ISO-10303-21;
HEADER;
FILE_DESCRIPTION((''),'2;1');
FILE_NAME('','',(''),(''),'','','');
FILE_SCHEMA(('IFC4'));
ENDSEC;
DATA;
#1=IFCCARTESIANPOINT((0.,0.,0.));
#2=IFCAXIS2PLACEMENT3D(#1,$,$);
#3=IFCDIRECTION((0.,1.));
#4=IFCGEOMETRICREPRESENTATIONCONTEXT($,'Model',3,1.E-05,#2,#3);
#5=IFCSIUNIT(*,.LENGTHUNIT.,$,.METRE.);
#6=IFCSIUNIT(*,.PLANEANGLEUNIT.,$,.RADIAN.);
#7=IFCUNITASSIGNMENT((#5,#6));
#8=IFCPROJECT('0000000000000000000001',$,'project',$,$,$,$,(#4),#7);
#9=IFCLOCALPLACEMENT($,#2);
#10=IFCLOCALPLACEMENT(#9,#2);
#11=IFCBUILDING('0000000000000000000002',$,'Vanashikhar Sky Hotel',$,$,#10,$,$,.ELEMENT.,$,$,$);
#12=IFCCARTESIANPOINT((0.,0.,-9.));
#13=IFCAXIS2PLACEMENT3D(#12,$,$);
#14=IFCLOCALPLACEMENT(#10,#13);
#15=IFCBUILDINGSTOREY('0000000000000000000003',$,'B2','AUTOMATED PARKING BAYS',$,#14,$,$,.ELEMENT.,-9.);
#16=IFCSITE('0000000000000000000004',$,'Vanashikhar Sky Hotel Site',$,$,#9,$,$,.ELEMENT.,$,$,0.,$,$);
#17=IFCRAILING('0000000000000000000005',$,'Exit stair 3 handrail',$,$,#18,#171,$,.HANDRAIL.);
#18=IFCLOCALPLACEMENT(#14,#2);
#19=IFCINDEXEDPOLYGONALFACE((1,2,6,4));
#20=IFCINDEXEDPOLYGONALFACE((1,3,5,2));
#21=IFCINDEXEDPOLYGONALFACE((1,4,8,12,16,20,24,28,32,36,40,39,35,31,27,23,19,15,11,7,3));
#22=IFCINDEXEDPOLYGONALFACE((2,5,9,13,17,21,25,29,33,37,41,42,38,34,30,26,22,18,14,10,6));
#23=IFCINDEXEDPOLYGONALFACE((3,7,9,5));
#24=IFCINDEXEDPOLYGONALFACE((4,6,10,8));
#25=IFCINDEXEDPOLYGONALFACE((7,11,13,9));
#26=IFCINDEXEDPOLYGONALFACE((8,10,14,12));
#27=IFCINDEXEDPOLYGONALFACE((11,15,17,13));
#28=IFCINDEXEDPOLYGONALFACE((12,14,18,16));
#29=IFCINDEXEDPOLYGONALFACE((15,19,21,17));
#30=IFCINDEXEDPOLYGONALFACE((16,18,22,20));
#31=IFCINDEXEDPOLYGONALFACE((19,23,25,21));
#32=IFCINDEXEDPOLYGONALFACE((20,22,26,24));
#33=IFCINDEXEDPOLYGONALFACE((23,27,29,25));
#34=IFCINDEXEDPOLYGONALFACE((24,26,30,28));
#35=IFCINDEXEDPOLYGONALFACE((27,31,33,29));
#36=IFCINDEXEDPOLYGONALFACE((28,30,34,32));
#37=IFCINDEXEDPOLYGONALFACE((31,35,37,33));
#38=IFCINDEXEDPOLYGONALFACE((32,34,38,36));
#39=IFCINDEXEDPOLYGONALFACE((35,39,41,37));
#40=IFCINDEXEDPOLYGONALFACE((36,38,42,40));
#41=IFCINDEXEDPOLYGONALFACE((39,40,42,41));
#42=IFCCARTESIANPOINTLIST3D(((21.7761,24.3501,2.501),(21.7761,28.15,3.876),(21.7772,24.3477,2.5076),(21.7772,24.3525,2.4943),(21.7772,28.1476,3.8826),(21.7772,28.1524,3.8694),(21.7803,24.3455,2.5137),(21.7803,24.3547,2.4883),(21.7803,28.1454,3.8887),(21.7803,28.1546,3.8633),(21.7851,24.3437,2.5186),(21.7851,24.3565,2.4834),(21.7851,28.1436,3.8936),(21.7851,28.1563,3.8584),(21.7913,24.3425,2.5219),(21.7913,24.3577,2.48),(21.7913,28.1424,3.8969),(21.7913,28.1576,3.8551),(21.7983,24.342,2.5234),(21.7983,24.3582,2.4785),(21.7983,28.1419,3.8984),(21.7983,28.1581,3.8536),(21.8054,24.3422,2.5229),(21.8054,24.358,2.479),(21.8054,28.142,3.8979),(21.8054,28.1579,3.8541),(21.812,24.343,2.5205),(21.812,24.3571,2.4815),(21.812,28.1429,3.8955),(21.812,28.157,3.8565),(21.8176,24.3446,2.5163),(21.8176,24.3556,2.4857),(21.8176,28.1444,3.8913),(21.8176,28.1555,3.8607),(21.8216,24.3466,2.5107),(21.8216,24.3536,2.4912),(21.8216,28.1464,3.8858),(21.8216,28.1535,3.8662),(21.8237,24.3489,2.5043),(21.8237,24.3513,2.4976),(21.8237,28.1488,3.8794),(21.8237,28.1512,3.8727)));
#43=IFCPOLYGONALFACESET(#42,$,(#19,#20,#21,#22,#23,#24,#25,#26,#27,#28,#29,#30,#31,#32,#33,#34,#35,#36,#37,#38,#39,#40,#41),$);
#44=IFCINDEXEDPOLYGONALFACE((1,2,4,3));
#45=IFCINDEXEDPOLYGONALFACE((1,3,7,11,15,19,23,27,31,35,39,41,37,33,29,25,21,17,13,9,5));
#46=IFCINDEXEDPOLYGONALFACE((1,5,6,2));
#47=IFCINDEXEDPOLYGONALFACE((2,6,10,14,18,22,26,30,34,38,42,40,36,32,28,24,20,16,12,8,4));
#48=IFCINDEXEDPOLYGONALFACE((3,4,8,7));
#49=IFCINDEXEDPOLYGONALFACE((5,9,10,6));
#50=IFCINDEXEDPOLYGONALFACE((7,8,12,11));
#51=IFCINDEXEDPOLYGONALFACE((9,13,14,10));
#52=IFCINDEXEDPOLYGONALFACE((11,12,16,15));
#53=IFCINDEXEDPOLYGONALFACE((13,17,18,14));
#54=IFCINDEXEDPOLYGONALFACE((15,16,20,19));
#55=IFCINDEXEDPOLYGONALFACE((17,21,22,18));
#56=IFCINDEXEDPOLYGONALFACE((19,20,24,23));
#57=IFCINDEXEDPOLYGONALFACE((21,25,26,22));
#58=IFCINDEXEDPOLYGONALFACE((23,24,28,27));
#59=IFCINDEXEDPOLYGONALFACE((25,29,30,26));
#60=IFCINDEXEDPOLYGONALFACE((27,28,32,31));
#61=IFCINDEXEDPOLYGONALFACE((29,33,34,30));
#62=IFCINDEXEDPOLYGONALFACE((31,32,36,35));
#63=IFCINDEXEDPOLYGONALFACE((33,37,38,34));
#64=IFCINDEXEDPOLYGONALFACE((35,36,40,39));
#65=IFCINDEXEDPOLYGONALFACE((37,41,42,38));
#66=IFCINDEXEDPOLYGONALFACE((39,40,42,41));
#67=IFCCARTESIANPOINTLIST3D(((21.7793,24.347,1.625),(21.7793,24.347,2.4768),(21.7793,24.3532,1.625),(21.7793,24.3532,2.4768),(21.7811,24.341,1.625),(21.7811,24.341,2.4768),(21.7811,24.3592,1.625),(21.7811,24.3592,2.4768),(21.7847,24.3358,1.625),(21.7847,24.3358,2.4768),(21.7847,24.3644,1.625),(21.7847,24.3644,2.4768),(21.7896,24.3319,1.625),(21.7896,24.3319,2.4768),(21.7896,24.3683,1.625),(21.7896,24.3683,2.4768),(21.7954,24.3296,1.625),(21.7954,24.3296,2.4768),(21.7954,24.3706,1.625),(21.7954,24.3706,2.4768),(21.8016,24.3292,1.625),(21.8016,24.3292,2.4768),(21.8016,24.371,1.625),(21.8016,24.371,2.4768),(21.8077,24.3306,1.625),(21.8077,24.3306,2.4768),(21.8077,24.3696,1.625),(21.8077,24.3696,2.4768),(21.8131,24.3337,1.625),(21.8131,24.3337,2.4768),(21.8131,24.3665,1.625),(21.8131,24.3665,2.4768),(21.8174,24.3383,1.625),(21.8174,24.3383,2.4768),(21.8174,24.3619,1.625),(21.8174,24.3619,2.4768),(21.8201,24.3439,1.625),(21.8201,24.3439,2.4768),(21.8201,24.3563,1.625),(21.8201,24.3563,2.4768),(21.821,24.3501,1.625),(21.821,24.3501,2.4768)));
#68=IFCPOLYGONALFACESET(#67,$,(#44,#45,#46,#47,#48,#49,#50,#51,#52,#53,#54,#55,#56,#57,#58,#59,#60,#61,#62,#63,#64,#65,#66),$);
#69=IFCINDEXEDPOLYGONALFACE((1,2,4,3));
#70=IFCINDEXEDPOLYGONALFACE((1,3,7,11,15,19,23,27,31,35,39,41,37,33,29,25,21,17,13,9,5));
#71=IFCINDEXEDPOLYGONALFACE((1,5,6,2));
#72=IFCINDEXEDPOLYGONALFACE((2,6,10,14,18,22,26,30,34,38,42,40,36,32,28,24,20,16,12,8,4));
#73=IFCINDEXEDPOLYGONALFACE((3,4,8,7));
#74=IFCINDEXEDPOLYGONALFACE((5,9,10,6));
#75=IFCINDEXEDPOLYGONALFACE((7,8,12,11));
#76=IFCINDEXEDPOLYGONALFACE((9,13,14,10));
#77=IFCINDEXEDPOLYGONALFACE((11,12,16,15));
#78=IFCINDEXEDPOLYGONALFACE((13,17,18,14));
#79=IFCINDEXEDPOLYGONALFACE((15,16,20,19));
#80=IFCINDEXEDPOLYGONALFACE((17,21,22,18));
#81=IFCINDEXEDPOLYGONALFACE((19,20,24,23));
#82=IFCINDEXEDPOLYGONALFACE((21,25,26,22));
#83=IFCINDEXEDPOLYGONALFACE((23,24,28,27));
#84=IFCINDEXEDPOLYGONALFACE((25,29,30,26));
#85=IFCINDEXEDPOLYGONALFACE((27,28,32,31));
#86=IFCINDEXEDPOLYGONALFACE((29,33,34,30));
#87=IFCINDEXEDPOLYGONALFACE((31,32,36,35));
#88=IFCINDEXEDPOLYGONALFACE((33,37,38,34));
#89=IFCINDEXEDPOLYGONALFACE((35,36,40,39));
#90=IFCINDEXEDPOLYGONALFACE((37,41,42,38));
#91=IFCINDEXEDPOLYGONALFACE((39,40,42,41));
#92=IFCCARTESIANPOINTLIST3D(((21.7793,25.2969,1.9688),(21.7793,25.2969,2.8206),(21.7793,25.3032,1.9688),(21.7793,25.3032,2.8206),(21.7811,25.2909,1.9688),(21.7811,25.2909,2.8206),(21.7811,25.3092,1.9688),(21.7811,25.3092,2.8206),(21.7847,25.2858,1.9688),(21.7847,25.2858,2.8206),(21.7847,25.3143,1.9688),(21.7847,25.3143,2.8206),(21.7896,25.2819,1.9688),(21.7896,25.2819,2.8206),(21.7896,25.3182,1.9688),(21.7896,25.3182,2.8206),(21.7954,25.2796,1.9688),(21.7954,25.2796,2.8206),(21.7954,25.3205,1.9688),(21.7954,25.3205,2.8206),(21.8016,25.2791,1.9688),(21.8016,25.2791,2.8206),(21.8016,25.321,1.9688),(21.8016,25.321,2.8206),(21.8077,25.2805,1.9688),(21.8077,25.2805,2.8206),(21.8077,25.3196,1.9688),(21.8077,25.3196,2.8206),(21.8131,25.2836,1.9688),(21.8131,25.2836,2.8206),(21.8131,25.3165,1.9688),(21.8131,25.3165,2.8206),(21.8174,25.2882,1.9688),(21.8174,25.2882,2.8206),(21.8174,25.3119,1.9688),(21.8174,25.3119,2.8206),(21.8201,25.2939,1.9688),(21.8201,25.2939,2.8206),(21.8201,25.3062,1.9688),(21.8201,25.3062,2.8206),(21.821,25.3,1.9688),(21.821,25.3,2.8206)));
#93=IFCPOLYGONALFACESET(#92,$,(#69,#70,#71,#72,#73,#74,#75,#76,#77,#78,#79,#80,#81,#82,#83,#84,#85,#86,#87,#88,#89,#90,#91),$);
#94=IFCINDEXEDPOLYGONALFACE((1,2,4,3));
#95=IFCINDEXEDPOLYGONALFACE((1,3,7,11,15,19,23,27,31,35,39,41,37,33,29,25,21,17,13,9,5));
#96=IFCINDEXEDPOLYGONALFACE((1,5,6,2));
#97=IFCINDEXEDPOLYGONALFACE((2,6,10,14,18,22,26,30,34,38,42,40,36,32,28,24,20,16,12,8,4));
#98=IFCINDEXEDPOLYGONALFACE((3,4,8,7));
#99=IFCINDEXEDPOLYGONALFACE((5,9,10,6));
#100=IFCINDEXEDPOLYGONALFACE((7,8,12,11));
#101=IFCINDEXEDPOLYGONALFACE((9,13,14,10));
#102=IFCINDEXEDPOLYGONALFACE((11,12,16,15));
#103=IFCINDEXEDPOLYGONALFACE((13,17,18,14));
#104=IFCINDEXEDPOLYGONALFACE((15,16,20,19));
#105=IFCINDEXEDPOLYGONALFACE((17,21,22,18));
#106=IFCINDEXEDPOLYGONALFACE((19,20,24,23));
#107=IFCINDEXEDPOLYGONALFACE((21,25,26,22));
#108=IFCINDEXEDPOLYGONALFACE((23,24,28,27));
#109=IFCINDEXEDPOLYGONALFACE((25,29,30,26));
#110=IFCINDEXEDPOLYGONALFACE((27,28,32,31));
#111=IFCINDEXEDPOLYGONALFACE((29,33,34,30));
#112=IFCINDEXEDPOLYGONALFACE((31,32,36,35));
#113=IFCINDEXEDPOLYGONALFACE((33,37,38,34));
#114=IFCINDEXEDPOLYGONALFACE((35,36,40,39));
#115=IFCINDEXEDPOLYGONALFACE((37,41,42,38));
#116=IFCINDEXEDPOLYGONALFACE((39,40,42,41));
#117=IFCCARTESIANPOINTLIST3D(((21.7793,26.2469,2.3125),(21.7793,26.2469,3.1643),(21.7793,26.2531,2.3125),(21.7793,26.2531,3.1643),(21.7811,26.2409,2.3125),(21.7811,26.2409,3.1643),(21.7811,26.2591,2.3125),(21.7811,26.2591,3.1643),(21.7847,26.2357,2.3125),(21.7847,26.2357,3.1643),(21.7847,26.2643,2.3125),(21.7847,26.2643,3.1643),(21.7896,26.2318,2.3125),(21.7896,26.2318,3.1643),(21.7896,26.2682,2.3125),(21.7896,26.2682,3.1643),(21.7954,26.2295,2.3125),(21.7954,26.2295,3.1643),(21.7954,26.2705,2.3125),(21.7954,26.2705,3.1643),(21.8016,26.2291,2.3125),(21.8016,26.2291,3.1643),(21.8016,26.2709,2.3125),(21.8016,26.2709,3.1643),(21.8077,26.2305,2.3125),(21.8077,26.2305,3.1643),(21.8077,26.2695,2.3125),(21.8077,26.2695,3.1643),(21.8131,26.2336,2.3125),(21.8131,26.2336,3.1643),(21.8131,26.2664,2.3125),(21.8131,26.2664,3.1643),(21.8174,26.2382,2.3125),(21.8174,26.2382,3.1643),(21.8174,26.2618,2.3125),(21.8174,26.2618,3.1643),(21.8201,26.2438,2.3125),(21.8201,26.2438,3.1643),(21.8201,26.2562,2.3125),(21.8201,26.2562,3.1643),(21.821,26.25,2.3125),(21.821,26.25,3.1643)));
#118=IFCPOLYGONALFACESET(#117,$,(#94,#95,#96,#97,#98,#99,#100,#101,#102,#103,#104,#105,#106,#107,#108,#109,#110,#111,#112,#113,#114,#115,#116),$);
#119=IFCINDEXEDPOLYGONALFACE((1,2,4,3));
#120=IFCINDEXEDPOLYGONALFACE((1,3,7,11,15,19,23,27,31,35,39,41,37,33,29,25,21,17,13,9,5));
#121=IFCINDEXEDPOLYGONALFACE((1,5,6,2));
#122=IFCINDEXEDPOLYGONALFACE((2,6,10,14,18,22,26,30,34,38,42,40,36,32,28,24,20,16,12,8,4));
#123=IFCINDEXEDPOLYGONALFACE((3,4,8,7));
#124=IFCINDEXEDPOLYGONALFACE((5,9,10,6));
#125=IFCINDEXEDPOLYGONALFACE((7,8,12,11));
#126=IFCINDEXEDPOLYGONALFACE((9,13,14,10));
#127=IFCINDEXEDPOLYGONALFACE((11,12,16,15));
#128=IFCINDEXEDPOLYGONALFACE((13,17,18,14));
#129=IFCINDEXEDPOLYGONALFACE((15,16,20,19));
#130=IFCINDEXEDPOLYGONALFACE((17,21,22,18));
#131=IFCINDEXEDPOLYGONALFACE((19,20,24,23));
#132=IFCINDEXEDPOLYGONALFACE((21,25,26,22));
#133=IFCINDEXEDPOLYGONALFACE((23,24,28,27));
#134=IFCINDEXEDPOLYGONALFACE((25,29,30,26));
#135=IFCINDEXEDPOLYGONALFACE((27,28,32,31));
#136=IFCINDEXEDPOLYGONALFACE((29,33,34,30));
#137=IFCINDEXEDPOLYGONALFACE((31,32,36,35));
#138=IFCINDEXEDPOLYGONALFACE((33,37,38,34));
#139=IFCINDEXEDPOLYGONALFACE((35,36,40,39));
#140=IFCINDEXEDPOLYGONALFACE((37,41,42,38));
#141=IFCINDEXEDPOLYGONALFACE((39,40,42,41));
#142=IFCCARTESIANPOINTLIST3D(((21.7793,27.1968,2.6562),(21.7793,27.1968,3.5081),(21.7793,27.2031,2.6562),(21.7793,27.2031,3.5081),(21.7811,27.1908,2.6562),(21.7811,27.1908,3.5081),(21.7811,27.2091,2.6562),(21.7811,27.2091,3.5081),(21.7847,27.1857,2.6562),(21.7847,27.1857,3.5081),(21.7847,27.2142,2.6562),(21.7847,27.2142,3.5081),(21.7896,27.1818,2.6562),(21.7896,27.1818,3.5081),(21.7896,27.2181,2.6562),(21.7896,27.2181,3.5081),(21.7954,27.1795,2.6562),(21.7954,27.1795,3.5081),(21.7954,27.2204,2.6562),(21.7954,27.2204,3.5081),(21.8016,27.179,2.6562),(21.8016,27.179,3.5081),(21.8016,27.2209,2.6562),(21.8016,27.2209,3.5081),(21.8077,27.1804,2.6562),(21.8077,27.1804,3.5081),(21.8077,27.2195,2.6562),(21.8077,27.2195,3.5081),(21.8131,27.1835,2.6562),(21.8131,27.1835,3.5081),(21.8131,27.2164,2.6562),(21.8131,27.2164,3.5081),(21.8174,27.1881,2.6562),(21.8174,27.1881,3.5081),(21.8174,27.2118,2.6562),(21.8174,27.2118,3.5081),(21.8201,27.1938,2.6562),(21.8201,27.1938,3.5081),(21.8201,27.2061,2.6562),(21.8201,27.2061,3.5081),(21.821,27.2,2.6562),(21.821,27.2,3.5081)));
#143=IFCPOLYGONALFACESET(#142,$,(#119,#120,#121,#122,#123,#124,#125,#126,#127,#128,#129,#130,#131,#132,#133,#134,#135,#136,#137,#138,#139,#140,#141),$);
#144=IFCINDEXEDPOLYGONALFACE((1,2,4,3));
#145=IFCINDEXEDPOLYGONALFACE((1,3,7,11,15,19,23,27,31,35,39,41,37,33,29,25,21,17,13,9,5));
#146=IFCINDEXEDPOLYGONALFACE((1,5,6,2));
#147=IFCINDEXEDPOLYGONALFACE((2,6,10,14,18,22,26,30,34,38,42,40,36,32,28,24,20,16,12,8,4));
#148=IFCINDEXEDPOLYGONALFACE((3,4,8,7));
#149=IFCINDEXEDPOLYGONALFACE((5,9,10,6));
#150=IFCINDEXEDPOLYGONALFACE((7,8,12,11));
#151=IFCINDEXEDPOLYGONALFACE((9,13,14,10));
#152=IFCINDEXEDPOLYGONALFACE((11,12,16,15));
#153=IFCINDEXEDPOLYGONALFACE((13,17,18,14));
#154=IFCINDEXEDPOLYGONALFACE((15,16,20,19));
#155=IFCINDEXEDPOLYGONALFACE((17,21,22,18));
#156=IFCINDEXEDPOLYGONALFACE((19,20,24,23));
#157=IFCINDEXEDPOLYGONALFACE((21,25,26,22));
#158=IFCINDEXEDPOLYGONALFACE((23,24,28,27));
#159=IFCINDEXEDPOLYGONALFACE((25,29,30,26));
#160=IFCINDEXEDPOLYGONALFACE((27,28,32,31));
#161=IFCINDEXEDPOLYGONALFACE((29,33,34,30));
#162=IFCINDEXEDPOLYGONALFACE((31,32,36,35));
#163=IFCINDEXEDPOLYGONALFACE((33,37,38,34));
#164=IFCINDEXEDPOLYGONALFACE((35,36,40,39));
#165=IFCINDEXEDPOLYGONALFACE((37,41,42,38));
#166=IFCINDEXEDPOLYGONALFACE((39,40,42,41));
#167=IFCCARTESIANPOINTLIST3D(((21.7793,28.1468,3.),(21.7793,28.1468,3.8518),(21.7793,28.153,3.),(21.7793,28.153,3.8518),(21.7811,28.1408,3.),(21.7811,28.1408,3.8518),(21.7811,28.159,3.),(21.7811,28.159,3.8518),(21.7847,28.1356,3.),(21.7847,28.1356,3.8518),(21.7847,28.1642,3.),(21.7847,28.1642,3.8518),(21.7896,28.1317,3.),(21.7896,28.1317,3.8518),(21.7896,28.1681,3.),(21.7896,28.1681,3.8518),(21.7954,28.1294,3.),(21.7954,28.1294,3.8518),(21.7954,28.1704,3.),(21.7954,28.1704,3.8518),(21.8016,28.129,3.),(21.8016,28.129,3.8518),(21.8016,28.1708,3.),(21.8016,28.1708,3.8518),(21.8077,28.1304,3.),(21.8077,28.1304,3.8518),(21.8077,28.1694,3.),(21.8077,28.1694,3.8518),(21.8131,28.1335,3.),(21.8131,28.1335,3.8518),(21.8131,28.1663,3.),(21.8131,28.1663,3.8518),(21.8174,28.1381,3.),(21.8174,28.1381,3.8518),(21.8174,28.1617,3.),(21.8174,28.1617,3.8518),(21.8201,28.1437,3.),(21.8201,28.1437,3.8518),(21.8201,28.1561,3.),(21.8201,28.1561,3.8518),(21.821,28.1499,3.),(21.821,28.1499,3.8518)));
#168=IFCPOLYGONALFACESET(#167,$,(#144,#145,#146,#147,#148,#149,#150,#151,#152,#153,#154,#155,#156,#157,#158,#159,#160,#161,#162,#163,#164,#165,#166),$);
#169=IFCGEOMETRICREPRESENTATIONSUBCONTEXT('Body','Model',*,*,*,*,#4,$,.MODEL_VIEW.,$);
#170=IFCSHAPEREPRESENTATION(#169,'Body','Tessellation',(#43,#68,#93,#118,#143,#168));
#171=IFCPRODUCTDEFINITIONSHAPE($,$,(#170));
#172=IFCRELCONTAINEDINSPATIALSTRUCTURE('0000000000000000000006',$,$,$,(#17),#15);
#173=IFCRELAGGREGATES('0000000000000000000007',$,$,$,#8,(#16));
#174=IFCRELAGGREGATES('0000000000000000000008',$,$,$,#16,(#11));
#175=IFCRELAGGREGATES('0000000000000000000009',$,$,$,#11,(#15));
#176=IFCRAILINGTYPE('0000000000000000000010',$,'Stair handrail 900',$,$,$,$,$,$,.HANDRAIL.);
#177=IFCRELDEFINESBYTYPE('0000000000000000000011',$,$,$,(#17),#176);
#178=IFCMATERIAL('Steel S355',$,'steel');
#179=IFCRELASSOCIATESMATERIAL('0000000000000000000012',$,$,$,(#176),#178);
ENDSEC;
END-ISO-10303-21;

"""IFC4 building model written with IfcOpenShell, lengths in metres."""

from ifc_helpers import new_model, si_unit, direction, frame, origin, origin_2d, place, context, subcontext, project, spatial, circle, extrude, source, transform, mapped, material, type_object, element, save


model = new_model("IFC4")

# Units and contexts
model_context = context("Model", 3, precision=1e-05, world=origin(), true_north=direction((0.0, 1.0)))
body_context = subcontext(model_context, "Body", "Model", "MODEL_VIEW")
ifc_project = project(units=[si_unit("LENGTHUNIT", "METRE"), si_unit("PLANEANGLEUNIT", "RADIAN")], contexts=[model_context])

# Site, building, storey
site_placement = place(None, origin())
site = spatial("IfcSite", under=ifc_project, at=site_placement, Name="Vanashikhar Sky Hotel Site", CompositionType="ELEMENT", RefElevation=0.0)
building_placement = place(site_placement, origin())
building = spatial("IfcBuilding", under=site, at=building_placement, Name="Vanashikhar Sky Hotel", CompositionType="ELEMENT")
storey_placement = place(building_placement, frame((0.0, 0.0, -9.0)))
storey = spatial("IfcBuildingStorey", under=building, at=storey_placement, Name="B2", Description="AUTOMATED PARKING BAYS", CompositionType="ELEMENT", Elevation=-9.0)

# Shared definitions
ifc_material_1 = material(Name="Steel S355", Category="steel")

# Railing
railing_type_1 = type_object("IfcRailingType", Name="Stair handrail 900", PredefinedType="HANDRAIL", material=ifc_material_1)
shared_shape_1 = source(origin(), body_context, "Body", "SweptSolid", [
    extrude(circle(Radius=0.0239, at=origin_2d()), frame((0.0, 0.0, 0.876), z_axis=(0.0, 0.940329, 0.340268), x_axis=(-1.0, 0.0, 0.0)), (0.0, 0.0, 1.0), 4.041),
    extrude(circle(Radius=0.021, at=origin_2d()), origin(), (0.0, 0.0, 1.0), 0.8518),
    extrude(circle(Radius=0.021, at=origin_2d()), frame((0.0, 0.95, 0.3438)), (0.0, 0.0, 1.0), 0.8518),
    extrude(circle(Radius=0.021, at=origin_2d()), frame((0.0, 1.8999, 0.6875)), (0.0, 0.0, 1.0), 0.8518),
    extrude(circle(Radius=0.021, at=origin_2d()), frame((0.0, 2.8499, 1.0312)), (0.0, 0.0, 1.0), 0.8518),
    extrude(circle(Radius=0.021, at=origin_2d()), frame((0.0, 3.7998, 1.375)), (0.0, 0.0, 1.0), 0.8518),
])
railing_1_placement = place(storey_placement, frame((21.8, 24.3501, 1.625)))
element("IfcRailing", 1, at=railing_1_placement, inside=storey, type_object=railing_type_1, Name="Exit stair 3 handrail", PredefinedType="HANDRAIL", context=body_context, shape_type="MappedRepresentation", body=[
    mapped(shared_shape_1, transform((0.0, 0.0, 0.0), scale=1.0)),
])

save(model, "model.ifc")
